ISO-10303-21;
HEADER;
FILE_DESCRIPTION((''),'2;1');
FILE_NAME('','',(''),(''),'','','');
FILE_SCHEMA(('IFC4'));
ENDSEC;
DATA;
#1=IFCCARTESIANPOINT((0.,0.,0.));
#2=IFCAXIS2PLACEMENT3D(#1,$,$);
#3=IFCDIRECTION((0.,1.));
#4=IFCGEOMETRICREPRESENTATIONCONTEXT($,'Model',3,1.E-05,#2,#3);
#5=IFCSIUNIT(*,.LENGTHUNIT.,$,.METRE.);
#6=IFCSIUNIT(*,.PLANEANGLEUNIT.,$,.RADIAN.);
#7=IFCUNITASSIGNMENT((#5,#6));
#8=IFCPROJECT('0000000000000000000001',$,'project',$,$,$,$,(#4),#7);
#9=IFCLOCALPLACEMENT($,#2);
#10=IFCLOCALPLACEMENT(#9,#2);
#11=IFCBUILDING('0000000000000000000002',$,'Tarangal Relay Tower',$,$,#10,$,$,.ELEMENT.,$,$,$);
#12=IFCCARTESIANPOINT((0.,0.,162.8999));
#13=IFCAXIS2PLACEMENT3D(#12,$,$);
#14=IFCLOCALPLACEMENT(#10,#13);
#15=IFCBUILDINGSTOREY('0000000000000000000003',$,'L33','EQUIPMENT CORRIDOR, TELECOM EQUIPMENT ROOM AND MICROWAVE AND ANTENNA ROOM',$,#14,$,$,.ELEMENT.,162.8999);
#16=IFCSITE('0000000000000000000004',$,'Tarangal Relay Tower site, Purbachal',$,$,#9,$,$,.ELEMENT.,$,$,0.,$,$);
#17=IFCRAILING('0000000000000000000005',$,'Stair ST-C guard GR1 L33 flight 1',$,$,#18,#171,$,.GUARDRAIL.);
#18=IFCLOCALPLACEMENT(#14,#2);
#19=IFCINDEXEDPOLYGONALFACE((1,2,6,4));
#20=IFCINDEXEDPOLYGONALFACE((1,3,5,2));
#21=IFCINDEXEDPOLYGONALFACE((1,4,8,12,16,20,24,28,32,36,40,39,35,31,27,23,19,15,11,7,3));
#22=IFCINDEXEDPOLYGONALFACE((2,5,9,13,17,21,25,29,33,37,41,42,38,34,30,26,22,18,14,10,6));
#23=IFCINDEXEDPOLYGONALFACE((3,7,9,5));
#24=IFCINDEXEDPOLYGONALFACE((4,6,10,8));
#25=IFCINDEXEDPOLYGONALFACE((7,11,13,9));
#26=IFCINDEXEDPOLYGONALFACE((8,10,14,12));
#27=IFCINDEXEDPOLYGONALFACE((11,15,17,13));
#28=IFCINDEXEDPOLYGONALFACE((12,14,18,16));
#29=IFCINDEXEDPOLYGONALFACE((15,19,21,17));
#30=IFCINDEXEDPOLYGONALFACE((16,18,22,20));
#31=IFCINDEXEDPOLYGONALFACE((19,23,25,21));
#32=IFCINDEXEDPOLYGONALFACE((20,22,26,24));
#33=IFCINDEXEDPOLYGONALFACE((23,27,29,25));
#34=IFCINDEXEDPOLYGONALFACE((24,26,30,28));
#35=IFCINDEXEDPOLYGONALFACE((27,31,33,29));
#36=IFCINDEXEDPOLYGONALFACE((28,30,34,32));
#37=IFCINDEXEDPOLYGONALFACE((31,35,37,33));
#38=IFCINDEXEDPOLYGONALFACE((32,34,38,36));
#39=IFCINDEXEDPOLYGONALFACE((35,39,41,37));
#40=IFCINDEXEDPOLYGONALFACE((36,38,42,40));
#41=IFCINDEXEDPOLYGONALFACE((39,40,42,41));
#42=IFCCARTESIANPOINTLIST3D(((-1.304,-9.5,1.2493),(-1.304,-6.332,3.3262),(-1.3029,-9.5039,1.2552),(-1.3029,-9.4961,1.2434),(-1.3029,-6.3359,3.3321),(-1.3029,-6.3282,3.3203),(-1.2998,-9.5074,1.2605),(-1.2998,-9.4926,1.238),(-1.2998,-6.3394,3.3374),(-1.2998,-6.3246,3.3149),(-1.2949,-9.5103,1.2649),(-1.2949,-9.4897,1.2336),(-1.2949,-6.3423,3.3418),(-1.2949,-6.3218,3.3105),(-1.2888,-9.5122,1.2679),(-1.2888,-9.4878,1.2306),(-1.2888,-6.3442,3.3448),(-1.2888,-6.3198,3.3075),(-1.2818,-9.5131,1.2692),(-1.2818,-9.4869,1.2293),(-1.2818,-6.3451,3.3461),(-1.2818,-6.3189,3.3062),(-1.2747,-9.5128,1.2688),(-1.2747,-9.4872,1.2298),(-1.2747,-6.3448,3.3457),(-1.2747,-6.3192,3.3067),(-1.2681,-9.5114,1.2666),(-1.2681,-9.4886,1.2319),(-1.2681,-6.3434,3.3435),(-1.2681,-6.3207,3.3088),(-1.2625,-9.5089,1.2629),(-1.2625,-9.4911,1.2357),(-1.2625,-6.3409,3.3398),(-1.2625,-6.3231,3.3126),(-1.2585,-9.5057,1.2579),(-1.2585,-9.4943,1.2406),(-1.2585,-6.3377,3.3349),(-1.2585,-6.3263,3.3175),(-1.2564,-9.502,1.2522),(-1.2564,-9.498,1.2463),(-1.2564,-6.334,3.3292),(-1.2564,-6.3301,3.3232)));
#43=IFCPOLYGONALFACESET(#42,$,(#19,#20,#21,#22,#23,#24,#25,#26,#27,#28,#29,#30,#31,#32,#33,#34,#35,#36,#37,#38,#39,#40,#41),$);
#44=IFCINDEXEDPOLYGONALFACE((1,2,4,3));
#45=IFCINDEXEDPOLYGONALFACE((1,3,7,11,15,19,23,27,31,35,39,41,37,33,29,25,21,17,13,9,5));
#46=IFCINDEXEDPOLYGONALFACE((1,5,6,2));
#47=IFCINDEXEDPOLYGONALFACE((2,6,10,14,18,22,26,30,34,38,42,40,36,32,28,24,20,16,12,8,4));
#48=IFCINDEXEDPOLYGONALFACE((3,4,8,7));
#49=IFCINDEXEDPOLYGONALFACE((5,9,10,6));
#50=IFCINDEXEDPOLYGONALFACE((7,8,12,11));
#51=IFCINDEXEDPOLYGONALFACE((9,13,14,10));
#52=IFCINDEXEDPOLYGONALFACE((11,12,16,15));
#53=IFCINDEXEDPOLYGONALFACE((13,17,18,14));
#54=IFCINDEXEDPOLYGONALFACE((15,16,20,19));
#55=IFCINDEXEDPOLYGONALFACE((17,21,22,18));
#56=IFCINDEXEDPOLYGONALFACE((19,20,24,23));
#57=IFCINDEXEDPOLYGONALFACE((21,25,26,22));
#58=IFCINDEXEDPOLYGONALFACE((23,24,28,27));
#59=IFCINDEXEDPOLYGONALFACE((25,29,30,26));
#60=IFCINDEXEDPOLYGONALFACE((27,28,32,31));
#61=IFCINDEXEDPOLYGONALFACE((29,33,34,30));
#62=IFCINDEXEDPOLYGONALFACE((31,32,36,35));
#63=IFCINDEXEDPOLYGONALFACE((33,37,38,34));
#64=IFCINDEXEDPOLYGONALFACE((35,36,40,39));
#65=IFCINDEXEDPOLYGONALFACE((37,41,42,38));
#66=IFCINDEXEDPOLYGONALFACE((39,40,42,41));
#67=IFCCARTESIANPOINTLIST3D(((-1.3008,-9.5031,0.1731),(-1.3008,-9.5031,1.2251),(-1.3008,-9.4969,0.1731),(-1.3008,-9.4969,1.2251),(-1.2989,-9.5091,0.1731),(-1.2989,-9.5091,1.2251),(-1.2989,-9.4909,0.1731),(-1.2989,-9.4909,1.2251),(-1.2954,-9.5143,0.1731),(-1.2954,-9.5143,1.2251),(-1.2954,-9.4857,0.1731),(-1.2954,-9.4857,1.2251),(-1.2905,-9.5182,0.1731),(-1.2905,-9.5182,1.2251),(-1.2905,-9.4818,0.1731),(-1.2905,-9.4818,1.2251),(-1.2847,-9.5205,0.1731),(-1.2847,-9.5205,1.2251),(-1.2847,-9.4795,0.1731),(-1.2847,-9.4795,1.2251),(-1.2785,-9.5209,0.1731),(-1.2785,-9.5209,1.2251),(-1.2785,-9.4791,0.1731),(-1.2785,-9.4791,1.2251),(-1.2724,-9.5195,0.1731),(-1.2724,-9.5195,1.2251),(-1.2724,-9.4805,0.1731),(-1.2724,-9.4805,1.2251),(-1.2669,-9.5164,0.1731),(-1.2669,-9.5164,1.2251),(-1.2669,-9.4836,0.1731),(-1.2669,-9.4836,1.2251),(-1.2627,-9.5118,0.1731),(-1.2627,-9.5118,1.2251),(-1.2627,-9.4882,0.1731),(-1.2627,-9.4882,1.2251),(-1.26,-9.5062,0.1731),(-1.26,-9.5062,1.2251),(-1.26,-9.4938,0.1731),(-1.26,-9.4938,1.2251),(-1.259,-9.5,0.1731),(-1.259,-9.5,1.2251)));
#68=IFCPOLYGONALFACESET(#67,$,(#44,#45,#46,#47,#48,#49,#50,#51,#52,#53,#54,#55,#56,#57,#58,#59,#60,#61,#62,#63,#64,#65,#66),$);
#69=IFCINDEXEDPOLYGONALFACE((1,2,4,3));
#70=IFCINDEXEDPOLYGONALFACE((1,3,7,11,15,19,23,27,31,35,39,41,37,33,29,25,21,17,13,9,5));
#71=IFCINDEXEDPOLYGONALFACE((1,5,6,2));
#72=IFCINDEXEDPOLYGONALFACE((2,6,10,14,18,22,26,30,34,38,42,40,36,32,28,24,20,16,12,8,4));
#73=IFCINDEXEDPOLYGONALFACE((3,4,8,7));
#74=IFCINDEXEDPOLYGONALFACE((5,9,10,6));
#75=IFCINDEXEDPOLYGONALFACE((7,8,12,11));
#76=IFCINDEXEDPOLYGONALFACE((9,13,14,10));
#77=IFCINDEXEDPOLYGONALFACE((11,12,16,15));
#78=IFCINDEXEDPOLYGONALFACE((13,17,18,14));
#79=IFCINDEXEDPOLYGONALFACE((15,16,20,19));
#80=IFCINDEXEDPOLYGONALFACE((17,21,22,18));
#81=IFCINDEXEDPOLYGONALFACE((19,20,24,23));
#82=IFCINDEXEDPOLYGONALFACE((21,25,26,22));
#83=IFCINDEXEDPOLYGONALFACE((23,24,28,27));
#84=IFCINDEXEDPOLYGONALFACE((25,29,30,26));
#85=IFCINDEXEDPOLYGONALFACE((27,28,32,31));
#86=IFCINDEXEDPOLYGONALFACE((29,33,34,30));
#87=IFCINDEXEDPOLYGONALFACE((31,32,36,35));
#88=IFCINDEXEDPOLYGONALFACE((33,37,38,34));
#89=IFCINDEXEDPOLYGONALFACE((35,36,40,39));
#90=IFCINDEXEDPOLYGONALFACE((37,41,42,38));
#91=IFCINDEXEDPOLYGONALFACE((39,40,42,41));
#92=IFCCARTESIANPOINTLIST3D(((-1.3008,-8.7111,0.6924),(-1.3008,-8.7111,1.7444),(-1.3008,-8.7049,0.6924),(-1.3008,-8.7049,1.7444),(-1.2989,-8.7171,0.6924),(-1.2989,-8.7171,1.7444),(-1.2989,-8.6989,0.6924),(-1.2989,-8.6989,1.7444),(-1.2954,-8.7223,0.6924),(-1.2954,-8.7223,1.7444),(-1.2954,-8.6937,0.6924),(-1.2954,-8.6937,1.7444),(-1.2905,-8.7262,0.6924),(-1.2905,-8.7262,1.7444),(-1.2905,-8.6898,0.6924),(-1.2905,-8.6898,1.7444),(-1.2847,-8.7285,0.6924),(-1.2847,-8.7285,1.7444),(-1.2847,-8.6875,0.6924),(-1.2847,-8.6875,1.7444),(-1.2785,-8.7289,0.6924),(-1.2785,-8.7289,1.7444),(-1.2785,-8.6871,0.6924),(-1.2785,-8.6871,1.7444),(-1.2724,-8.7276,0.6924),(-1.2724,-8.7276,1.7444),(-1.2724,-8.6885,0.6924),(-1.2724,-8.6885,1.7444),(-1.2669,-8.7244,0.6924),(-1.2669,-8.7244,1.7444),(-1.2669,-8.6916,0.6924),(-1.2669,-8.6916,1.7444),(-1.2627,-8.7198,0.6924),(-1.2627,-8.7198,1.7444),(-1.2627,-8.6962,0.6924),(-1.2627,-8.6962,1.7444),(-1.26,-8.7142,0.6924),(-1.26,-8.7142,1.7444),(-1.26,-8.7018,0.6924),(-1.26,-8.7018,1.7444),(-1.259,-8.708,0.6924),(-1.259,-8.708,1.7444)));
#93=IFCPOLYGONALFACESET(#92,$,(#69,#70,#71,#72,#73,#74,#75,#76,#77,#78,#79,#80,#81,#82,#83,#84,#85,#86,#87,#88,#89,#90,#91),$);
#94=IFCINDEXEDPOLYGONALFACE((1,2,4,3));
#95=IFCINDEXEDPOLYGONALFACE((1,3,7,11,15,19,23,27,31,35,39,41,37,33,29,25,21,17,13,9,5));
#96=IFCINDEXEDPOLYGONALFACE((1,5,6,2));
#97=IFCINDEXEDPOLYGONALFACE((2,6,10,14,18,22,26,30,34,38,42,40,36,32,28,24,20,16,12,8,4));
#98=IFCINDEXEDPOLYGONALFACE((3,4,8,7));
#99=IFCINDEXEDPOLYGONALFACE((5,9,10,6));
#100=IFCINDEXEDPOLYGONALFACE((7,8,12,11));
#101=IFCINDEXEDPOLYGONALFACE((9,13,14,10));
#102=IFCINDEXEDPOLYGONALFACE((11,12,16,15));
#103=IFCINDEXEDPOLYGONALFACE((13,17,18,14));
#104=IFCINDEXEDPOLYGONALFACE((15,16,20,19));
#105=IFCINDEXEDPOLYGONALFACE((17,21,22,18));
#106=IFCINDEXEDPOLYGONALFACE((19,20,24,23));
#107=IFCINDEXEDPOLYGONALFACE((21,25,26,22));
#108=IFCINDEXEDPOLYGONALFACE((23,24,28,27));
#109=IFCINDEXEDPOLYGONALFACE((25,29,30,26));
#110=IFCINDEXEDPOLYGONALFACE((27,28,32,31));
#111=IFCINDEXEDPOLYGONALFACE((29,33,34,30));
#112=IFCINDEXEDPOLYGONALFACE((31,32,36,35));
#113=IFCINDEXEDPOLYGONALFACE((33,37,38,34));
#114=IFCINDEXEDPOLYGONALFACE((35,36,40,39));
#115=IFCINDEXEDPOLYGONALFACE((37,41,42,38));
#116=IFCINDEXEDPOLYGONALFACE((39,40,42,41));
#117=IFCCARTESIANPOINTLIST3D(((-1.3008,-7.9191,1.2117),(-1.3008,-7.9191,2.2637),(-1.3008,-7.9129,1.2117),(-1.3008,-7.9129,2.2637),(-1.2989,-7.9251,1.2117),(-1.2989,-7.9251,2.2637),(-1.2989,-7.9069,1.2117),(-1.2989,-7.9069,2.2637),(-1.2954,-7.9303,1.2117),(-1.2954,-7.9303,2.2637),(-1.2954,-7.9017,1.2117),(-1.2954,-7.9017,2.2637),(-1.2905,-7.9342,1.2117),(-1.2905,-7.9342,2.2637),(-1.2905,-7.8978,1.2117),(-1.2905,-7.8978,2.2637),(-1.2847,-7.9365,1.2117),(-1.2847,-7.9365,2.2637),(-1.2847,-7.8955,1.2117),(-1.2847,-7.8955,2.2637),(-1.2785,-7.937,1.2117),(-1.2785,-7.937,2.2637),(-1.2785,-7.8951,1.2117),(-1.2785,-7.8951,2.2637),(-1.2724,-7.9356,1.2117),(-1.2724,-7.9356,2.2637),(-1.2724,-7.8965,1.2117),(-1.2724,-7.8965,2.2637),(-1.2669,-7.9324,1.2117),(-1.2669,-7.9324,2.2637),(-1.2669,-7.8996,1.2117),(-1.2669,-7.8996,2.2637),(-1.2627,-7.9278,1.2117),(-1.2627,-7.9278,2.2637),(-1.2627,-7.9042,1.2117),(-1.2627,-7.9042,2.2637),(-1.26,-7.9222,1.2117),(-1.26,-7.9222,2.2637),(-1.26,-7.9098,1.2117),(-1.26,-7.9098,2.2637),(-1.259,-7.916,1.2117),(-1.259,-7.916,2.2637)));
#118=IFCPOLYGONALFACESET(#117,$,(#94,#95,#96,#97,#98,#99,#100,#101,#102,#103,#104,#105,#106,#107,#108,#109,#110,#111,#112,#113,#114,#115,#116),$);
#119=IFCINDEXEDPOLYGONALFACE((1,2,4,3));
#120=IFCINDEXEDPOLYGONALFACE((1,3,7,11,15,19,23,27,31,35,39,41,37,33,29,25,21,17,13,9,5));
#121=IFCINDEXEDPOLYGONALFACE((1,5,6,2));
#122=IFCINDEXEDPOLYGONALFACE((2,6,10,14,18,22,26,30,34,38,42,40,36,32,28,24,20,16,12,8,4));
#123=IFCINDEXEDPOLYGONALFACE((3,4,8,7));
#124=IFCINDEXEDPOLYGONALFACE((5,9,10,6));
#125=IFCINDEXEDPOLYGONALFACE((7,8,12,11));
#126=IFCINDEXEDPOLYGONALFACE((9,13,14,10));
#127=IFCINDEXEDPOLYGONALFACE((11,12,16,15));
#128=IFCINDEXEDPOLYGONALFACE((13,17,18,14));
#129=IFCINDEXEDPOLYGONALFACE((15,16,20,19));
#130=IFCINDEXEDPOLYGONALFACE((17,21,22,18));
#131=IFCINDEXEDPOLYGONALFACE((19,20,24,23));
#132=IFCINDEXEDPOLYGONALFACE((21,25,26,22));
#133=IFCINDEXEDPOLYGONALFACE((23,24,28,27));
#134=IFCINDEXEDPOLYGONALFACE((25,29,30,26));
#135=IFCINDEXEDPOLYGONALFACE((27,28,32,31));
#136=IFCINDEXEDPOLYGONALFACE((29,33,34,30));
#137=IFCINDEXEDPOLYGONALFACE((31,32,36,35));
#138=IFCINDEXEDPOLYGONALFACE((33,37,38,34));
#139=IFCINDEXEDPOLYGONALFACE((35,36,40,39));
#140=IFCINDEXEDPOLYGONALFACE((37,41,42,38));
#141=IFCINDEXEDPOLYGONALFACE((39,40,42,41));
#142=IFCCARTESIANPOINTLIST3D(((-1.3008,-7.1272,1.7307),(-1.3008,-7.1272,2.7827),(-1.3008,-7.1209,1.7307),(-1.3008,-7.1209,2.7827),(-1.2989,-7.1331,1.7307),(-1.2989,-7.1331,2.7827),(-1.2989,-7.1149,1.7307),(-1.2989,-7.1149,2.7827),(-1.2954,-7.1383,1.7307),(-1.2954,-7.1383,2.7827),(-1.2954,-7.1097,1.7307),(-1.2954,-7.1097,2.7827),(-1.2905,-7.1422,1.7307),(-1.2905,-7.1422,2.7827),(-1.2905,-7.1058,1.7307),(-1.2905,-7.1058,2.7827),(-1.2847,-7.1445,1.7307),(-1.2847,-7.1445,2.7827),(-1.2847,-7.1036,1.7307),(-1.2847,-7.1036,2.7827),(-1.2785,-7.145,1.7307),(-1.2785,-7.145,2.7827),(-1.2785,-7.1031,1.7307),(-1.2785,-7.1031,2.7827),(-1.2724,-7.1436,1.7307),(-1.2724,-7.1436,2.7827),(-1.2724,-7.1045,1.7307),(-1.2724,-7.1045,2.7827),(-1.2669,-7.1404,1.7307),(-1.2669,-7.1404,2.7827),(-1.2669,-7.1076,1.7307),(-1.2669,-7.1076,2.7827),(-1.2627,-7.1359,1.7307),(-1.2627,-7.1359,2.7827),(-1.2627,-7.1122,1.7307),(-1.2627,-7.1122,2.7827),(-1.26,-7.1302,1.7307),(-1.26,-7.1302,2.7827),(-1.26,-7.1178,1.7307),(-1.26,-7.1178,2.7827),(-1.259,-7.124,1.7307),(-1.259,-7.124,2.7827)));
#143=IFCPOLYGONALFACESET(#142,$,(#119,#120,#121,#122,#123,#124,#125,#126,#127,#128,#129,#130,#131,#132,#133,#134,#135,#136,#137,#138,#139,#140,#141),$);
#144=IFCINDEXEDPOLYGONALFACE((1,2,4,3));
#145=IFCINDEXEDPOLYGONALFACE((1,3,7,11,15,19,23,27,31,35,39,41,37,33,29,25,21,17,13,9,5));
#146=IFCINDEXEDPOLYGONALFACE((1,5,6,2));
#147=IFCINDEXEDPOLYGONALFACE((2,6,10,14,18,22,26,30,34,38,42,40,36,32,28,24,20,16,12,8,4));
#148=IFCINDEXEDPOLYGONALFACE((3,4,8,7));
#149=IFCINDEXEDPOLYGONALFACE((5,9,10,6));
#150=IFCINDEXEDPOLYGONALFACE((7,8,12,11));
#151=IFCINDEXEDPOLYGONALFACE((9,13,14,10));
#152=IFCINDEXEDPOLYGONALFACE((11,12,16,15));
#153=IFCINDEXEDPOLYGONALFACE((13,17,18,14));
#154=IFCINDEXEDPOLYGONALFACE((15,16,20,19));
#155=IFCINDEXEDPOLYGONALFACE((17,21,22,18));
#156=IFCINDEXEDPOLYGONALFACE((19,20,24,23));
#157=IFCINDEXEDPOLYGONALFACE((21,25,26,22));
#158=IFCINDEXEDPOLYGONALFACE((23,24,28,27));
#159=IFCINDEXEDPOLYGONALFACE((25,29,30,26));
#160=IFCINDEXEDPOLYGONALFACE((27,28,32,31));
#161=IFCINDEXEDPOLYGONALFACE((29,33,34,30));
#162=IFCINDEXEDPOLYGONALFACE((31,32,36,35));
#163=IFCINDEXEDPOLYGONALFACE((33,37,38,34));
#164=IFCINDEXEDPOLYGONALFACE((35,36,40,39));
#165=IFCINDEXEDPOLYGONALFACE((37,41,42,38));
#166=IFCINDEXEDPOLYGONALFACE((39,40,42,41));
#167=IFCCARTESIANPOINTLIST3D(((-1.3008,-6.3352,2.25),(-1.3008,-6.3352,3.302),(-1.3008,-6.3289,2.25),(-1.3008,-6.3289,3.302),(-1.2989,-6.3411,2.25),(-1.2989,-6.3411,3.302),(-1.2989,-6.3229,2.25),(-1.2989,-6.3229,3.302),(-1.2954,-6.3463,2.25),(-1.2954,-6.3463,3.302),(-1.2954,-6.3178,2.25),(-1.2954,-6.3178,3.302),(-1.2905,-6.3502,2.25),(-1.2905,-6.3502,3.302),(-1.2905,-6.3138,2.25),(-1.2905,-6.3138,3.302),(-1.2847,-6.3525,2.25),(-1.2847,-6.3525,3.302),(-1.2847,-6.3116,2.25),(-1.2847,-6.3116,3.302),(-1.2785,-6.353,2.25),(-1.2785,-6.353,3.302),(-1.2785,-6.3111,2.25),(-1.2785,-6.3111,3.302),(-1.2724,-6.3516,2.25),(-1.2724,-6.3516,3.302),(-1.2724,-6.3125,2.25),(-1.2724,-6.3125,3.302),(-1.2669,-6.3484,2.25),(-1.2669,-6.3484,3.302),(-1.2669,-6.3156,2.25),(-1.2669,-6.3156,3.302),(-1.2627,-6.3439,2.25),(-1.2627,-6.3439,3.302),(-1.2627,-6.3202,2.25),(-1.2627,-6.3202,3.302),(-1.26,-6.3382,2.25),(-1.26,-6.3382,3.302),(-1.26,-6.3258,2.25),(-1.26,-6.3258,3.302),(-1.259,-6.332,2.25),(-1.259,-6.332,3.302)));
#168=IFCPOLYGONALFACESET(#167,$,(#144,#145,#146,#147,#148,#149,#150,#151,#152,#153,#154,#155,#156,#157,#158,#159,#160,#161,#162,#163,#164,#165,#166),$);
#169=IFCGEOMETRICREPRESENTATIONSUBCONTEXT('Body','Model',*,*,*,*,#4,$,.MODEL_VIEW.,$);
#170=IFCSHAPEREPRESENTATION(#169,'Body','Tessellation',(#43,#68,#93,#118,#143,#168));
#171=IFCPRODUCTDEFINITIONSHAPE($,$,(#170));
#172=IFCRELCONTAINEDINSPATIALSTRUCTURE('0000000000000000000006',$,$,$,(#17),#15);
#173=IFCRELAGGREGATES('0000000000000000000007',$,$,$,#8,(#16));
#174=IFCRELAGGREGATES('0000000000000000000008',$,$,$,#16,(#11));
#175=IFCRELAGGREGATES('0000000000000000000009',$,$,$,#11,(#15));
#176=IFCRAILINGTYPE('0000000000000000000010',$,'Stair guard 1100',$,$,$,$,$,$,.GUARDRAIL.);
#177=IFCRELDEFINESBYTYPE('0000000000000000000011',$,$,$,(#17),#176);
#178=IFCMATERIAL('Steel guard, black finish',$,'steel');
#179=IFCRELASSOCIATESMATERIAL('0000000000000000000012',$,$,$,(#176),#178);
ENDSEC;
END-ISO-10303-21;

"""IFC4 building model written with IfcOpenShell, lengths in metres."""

from ifc_helpers import new_model, si_unit, direction, frame, origin, origin_2d, place, context, subcontext, project, spatial, circle, extrude, material, type_object, element, save


model = new_model("IFC4")

# Units and contexts
model_context = context("Model", 3, precision=1e-05, world=origin(), true_north=direction((0.0, 1.0)))
body_context = subcontext(model_context, "Body", "Model", "MODEL_VIEW")
ifc_project = project(units=[si_unit("LENGTHUNIT", "METRE"), si_unit("PLANEANGLEUNIT", "RADIAN")], contexts=[model_context])

# Site, building, storey
site_placement = place(None, origin())
site = spatial("IfcSite", under=ifc_project, at=site_placement, Name="Tarangal Relay Tower site, Purbachal", CompositionType="ELEMENT", RefElevation=0.0)
building_placement = place(site_placement, origin())
building = spatial("IfcBuilding", under=site, at=building_placement, Name="Tarangal Relay Tower", CompositionType="ELEMENT")
storey_placement = place(building_placement, frame((0.0, 0.0, 162.8999)))
storey = spatial("IfcBuildingStorey", under=building, at=storey_placement, Name="L33", Description="EQUIPMENT CORRIDOR, TELECOM EQUIPMENT ROOM AND MICROWAVE AND ANTENNA ROOM", CompositionType="ELEMENT", Elevation=162.8999)

# Railing
ifc_material_1 = material(Name="Steel guard, black finish", Category="steel")
railing_type_1 = type_object("IfcRailingType", Name="Stair guard 1100", PredefinedType="GUARDRAIL", material=ifc_material_1)
railing_1_placement = place(storey_placement, frame((-1.28, -9.5, 0.1731)))
element("IfcRailing", 1, at=railing_1_placement, inside=storey, type_object=railing_type_1, Name="Stair ST-C guard GR1 L33 flight 1", PredefinedType="GUARDRAIL", context=body_context, shape_type="SweptSolid", body=[
    extrude(circle(Radius=0.0239, at=origin_2d()), frame((0.0, 0.0, 1.0762), z_axis=(0.0, 0.836299, 0.548273), x_axis=(-1.0, 0.0, 0.0)), (0.0, 0.0, 1.0), 3.7881),
    extrude(circle(Radius=0.021, at=origin_2d()), origin(), (0.0, 0.0, 1.0), 1.052),
    extrude(circle(Radius=0.021, at=origin_2d()), frame((0.0, 0.792, 0.5193)), (0.0, 0.0, 1.0), 1.052),
    extrude(circle(Radius=0.021, at=origin_2d()), frame((0.0, 1.584, 1.0386)), (0.0, 0.0, 1.0), 1.052),
    extrude(circle(Radius=0.021, at=origin_2d()), frame((0.0, 2.376, 1.5576)), (0.0, 0.0, 1.0), 1.052),
    extrude(circle(Radius=0.021, at=origin_2d()), frame((0.0, 3.168, 2.0769)), (0.0, 0.0, 1.0), 1.052),
])

save(model, "model.ifc")
